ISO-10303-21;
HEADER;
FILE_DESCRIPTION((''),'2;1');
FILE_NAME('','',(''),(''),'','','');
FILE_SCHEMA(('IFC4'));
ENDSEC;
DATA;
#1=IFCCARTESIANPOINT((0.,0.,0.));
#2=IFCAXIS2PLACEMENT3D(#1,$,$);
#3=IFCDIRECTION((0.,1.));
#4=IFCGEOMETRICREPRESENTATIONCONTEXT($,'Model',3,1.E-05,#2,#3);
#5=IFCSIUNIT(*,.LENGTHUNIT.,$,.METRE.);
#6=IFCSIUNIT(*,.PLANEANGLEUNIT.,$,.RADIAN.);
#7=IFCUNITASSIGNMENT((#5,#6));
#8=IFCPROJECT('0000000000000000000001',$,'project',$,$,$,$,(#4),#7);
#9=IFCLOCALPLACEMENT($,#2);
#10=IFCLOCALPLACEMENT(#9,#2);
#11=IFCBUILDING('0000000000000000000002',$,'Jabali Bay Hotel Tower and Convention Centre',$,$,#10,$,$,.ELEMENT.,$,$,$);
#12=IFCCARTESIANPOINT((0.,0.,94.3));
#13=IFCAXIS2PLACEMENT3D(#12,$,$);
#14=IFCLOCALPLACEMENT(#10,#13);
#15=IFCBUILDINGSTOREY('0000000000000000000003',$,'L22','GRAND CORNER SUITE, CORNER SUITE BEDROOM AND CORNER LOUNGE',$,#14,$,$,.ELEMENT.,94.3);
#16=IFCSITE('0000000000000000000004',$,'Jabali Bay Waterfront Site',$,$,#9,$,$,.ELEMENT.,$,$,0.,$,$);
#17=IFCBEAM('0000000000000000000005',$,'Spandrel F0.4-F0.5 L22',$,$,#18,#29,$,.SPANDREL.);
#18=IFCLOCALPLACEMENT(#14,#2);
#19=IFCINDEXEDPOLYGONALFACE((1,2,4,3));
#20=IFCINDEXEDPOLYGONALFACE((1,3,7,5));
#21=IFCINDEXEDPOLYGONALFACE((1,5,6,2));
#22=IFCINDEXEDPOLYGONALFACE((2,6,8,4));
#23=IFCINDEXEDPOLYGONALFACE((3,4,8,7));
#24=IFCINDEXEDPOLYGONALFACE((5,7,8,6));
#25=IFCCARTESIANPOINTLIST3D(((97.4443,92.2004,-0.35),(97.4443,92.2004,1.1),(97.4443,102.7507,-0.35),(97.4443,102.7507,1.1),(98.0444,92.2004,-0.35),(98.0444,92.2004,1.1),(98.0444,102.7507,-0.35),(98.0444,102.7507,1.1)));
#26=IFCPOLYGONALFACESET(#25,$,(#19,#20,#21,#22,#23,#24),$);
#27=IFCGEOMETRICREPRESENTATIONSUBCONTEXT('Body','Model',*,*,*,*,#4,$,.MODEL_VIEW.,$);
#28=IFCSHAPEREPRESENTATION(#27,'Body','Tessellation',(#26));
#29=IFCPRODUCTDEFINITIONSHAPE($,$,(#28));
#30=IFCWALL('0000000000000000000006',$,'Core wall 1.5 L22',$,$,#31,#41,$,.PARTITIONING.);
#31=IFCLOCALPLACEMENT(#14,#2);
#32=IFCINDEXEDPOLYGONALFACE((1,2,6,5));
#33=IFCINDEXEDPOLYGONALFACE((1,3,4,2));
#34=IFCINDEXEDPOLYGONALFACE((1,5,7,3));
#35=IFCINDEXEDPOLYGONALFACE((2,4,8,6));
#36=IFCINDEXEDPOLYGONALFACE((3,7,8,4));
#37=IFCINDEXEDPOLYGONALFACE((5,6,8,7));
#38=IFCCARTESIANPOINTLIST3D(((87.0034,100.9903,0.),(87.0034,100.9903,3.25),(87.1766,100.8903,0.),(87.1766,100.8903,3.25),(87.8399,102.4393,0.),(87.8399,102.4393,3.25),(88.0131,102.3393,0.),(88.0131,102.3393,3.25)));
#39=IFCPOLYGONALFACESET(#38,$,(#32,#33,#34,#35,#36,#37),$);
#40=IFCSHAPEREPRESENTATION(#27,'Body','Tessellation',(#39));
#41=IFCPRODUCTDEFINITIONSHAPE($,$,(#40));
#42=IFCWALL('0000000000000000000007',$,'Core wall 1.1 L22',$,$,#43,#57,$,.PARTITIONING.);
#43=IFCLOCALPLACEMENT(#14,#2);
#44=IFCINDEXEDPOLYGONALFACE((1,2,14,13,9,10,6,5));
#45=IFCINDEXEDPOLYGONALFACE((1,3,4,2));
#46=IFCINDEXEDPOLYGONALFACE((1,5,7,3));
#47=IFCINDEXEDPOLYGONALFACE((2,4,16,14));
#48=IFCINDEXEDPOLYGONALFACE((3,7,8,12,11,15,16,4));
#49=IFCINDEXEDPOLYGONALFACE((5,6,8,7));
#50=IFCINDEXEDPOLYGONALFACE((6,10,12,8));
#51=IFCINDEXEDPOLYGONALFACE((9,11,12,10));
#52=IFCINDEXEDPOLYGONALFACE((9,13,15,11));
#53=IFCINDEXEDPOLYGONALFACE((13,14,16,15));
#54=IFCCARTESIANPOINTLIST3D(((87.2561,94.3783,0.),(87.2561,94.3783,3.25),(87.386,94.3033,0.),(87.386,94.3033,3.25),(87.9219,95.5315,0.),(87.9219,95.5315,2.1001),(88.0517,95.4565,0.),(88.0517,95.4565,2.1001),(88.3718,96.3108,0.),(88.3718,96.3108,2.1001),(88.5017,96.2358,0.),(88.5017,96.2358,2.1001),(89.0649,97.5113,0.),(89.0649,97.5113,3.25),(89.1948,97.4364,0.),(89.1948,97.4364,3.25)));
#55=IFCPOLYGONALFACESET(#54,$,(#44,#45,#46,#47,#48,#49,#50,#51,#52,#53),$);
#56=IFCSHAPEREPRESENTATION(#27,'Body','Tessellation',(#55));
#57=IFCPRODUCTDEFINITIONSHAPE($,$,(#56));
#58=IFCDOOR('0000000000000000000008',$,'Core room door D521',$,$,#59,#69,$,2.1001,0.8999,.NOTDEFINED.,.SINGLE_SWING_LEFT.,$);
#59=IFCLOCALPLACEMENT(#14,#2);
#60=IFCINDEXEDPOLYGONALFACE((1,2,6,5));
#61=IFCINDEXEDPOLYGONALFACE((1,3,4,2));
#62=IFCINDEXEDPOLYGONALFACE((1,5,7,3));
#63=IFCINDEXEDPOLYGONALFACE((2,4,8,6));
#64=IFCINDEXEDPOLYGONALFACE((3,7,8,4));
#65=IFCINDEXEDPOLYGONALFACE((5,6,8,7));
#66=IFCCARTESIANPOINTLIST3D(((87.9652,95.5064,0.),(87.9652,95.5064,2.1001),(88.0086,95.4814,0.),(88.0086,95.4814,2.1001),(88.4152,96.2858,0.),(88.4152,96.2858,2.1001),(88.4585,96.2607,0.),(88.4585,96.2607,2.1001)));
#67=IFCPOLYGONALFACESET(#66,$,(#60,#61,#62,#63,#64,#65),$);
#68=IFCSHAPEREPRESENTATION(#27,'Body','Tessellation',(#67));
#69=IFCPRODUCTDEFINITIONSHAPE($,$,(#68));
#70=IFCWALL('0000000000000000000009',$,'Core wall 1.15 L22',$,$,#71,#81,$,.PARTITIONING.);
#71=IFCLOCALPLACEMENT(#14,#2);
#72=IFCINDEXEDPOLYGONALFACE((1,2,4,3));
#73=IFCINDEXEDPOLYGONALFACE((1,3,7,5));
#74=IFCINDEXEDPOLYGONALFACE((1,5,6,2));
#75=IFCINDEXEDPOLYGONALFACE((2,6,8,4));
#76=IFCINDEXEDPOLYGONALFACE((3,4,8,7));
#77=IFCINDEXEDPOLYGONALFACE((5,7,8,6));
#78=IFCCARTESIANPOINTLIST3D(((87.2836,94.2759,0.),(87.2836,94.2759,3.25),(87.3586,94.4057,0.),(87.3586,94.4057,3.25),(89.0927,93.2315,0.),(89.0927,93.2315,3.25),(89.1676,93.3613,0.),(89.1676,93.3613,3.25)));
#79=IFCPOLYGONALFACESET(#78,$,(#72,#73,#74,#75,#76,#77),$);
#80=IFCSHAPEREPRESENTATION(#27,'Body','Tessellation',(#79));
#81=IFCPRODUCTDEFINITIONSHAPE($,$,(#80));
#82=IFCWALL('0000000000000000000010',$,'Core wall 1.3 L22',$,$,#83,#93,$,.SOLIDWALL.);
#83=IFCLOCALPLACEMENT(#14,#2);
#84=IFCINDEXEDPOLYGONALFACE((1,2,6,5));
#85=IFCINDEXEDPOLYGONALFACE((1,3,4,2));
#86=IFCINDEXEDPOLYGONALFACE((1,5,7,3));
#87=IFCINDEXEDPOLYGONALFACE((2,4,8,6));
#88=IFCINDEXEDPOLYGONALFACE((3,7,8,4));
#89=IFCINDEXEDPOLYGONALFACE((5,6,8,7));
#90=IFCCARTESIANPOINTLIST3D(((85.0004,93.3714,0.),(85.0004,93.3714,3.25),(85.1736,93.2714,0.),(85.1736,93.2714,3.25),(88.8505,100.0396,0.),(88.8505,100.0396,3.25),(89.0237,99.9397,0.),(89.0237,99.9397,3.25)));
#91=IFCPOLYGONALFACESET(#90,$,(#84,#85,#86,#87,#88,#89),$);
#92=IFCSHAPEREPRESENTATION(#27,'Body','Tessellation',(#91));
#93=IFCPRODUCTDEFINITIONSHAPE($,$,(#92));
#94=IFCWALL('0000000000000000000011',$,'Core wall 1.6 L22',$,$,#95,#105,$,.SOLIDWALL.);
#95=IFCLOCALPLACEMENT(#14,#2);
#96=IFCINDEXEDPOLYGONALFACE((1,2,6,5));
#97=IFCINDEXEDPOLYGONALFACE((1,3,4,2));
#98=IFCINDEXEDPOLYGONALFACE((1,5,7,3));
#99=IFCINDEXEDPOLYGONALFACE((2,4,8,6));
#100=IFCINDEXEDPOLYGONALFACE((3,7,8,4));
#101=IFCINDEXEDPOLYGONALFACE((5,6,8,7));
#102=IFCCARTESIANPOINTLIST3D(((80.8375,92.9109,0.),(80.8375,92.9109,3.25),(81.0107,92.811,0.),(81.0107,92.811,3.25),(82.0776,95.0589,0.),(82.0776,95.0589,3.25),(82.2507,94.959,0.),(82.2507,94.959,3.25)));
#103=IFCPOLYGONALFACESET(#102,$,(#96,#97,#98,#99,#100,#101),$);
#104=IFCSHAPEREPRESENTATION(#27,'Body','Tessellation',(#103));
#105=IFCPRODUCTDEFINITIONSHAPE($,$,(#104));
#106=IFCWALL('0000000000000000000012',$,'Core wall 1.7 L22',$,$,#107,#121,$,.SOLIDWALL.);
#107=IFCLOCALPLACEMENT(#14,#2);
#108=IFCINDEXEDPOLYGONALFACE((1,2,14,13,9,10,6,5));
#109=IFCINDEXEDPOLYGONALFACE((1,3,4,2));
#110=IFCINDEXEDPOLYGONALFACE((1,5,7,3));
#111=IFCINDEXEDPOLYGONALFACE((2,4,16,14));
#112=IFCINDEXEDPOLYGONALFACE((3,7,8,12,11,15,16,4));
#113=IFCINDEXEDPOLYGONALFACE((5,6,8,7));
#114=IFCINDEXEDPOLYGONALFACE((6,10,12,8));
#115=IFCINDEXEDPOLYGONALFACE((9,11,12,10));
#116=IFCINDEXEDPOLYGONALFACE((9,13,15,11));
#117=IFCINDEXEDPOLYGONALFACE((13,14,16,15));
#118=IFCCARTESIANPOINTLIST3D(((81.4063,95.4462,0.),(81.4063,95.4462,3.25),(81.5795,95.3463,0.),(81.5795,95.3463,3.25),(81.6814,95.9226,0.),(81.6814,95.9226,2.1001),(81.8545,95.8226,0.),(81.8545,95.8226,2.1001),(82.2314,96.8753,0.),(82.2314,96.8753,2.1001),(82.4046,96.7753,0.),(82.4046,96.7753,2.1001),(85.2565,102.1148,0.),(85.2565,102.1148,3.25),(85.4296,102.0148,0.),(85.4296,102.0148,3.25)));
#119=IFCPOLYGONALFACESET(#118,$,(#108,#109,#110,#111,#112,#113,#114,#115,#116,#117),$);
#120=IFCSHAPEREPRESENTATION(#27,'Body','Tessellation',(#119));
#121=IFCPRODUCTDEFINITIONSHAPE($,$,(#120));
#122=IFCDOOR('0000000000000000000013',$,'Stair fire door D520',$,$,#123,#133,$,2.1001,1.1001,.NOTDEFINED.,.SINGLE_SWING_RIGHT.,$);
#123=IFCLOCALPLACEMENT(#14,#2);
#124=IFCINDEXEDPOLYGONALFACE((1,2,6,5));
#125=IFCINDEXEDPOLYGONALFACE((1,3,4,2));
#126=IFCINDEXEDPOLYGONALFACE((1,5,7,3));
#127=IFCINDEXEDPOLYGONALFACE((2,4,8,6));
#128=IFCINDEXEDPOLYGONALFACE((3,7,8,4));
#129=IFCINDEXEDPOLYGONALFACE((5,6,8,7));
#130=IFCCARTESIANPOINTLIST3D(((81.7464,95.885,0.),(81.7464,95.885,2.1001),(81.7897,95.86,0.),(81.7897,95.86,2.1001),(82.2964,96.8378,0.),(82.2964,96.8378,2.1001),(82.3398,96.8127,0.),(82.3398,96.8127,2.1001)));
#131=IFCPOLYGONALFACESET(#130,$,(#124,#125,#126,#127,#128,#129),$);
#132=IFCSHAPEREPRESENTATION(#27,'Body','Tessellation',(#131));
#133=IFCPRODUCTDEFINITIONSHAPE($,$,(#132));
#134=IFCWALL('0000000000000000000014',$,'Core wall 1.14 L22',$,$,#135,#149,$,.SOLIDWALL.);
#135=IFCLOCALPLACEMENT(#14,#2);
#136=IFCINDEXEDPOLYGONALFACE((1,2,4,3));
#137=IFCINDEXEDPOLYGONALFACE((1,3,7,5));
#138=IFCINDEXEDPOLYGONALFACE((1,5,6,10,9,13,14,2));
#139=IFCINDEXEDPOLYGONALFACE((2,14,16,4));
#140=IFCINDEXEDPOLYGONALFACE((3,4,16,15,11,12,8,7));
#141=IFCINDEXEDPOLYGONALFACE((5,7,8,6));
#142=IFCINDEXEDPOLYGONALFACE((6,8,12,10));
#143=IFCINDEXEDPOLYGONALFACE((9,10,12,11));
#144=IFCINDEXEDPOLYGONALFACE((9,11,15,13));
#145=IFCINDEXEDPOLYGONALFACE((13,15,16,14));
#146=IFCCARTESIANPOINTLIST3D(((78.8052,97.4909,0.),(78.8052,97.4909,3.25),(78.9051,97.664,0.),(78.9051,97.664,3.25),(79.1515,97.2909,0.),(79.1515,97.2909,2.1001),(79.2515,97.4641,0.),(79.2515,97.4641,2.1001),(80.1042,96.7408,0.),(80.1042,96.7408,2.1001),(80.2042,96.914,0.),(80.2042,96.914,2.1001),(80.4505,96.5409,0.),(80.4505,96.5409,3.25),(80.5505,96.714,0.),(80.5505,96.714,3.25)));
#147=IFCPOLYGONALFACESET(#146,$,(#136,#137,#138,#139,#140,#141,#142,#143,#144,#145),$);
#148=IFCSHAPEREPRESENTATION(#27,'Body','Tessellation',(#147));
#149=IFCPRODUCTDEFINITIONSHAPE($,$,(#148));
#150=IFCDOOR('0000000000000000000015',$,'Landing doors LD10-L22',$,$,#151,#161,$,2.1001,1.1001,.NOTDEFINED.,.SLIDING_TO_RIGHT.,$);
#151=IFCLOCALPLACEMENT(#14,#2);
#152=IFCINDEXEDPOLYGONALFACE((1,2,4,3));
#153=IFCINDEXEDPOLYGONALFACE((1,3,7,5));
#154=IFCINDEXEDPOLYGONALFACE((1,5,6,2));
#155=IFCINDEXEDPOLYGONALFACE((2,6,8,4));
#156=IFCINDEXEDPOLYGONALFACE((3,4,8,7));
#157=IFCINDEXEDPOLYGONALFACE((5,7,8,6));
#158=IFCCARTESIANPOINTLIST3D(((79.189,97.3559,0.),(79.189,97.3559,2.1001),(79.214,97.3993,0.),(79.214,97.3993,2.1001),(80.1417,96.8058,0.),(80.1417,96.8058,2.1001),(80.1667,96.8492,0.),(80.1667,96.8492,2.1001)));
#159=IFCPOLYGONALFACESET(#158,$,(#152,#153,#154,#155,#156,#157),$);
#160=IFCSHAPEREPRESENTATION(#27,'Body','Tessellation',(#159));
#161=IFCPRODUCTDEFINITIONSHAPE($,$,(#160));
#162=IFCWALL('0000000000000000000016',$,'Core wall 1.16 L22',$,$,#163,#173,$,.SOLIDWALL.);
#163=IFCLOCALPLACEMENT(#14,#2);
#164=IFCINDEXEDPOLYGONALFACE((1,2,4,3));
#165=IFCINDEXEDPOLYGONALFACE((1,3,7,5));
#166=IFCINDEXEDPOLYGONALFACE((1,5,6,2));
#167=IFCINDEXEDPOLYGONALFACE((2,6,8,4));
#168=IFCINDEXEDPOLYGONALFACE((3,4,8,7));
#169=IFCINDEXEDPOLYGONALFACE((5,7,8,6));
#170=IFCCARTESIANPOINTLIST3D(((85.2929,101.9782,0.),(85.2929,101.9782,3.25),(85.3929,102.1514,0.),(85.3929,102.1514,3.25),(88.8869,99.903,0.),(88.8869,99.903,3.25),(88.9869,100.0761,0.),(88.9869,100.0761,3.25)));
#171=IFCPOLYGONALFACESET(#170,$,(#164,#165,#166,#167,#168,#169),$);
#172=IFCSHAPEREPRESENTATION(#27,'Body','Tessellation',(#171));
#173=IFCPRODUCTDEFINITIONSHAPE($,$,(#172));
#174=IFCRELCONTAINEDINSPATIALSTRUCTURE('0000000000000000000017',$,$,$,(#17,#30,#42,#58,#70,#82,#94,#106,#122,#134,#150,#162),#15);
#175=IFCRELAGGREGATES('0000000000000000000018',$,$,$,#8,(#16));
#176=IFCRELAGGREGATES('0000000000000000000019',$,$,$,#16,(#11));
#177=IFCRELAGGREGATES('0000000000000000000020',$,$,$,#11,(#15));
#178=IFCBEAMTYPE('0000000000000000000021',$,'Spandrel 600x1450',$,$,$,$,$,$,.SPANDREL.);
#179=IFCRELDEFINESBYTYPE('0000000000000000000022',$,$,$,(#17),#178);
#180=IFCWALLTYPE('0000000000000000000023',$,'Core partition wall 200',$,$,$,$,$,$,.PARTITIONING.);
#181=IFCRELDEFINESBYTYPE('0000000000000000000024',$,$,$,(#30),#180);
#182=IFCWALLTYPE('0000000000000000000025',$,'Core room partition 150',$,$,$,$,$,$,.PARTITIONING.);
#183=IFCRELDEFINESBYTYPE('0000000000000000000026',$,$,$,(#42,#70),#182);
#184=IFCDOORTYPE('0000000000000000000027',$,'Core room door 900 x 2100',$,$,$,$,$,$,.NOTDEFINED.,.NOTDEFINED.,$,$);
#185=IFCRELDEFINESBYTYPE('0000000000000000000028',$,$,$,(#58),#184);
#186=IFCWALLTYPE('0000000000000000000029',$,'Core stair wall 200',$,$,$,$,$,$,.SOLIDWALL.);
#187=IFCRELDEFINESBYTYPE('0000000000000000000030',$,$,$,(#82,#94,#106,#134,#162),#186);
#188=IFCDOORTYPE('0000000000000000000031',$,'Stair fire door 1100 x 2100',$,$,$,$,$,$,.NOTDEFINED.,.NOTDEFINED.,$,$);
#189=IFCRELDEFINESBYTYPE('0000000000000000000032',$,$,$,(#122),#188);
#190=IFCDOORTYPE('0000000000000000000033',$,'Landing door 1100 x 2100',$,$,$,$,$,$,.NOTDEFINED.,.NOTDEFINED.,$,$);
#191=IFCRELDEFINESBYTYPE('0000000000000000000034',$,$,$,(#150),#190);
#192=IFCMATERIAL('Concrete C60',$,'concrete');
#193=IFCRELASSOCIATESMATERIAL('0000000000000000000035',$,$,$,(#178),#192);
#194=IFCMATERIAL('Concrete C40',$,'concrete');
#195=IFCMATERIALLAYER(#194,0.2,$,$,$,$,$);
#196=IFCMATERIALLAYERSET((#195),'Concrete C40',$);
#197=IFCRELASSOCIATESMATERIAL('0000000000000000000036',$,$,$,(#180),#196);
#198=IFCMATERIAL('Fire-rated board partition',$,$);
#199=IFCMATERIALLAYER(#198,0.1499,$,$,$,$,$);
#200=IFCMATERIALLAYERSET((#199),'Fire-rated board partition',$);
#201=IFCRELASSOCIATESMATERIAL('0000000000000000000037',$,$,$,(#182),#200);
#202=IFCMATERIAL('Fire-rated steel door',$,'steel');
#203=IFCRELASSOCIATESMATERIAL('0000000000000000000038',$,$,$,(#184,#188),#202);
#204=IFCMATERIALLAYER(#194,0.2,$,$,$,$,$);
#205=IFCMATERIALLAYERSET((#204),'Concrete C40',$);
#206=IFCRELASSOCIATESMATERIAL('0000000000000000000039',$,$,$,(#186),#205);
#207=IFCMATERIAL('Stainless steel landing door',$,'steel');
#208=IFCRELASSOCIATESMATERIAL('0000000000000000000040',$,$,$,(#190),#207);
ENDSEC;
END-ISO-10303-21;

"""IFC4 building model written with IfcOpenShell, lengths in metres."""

from ifc_helpers import new_model, si_unit, direction, frame, frame_2d, origin, origin_2d, place, context, subcontext, project, spatial, rectangle, extrude, material, layer, layer_set, material_profile, profile_set, type_object, element, fill, save


model = new_model("IFC4")

# Units and contexts
model_context = context("Model", 3, precision=1e-05, world=origin(), true_north=direction((0.0, 1.0)))
body_context = subcontext(model_context, "Body", "Model", "MODEL_VIEW")
ifc_project = project(units=[si_unit("LENGTHUNIT", "METRE"), si_unit("PLANEANGLEUNIT", "RADIAN")], contexts=[model_context])

# Site, building, storey
site_placement = place(None, origin())
site = spatial("IfcSite", under=ifc_project, at=site_placement, Name="Jabali Bay Waterfront Site", CompositionType="ELEMENT", RefElevation=0.0)
building_placement = place(site_placement, origin())
building = spatial("IfcBuilding", under=site, at=building_placement, Name="Jabali Bay Hotel Tower and Convention Centre", CompositionType="ELEMENT")
storey_placement = place(building_placement, frame((0.0, 0.0, 94.3)))
storey = spatial("IfcBuildingStorey", under=building, at=storey_placement, Name="L22", Description="GRAND CORNER SUITE, CORNER SUITE BEDROOM AND CORNER LOUNGE", CompositionType="ELEMENT", Elevation=94.3)

# Beam
ifc_material_1 = material(Name="Concrete C60", Category="concrete")
ifc_material_profile = material_profile(ifc_material_1, rectangle(XDim=0.6001, YDim=1.45, at=origin_2d()), Name="Spandrel 600x1450")
ifc_profile_set = profile_set([ifc_material_profile], Name="Concrete C60")
beam_type = type_object("IfcBeamType", Name="Spandrel 600x1450", PredefinedType="SPANDREL", material=ifc_profile_set)
beam_placement = place(storey_placement, frame((97.7444, 92.2004, 0.375), z_axis=(0.0, 1.0, 0.0), x_axis=(-1.0, 0.0, 0.0)))
element("IfcBeam", 1, at=beam_placement, inside=storey, type_object=beam_type, Name="Spandrel F0.4-F0.5 L22", PredefinedType="SPANDREL", context=body_context, shape_type="SweptSolid", body=[
    extrude(rectangle(XDim=0.6001, YDim=1.45, at=origin_2d()), origin(), (0.0, 0.0, 1.0), 10.5503),
])

# Wall
ifc_material_2 = material(Name="Concrete C40", Category="concrete")
ifc_layer_1 = layer(ifc_material_2, 0.2)
ifc_layer_set_1 = layer_set([ifc_layer_1], Name="Concrete C40")
wall_type_1 = type_object("IfcWallType", Name="Core partition wall 200", PredefinedType="PARTITIONING", material=ifc_layer_set_1)
wall_1_placement = place(storey_placement, frame((87.0901, 100.9404, 0.0), z_axis=(0.0, 0.0, 1.0), x_axis=(0.499937, 0.866062, 0.0)))
element("IfcWall", 2, at=wall_1_placement, inside=storey, type_object=wall_type_1, Name="Core wall 1.5 L22", PredefinedType="PARTITIONING", context=body_context, shape_type="SweptSolid", body=[
    extrude(rectangle(XDim=1.6731, YDim=0.2, at=frame_2d((0.8364, 0.0))), origin(), (0.0, 0.0, 1.0), 3.25),
])

# Wall, opening, door
ifc_material_3 = material(Name="Fire-rated board partition")
ifc_layer_2 = layer(ifc_material_3, 0.1499)
ifc_layer_set_2 = layer_set([ifc_layer_2], Name="Fire-rated board partition")
wall_type_2 = type_object("IfcWallType", Name="Core room partition 150", PredefinedType="PARTITIONING", material=ifc_layer_set_2)
wall_2_placement = place(storey_placement, frame((87.321, 94.3408, 0.0), z_axis=(0.0, 0.0, 1.0), x_axis=(0.499993, 0.866029, 0.0)))
wall_2 = element("IfcWall", 3, at=wall_2_placement, inside=storey, type_object=wall_type_2, Name="Core wall 1.1 L22", PredefinedType="PARTITIONING", context=body_context, shape_type="SweptSolid", body=[
    extrude(rectangle(XDim=3.6177, YDim=0.1499, at=frame_2d((1.8088, 0.0))), origin(), (0.0, 0.0, 1.0), 3.25),
])
opening_1_placement = place(wall_2_placement, frame((1.3315, 0.0, 0.0)))
opening_1 = element("IfcOpeningElement", 4, at=opening_1_placement, cuts=wall_2, PredefinedType="OPENING", context=body_context, shape_type="SweptSolid", body=[
    extrude(rectangle(XDim=0.8999, YDim=2.1001, at=frame_2d((0.45, 1.05))), frame((0.0, 0.0854, 0.0), z_axis=(0.0, -1.0, 0.0), x_axis=(1.0, 0.0, 0.0)), (0.0, 0.0, 1.0), 0.1709),
])
ifc_material_4 = material(Name="Fire-rated steel door", Category="steel")
door_type_1 = type_object("IfcDoorType", Name="Core room door 900 x 2100", OperationType="NOTDEFINED", PredefinedType="NOTDEFINED", material=ifc_material_4)
door_1_placement = place(opening_1_placement, origin())
door_1 = element("IfcDoor", 5, at=door_1_placement, inside=storey, type_object=door_type_1, Name="Core room door D521", OperationType="SINGLE_SWING_LEFT", OverallHeight=2.1001, OverallWidth=0.8999, PredefinedType="NOTDEFINED", context=body_context, shape_type="SweptSolid", body=[
    extrude(rectangle(XDim=0.8999, YDim=2.1001, at=frame_2d((0.45, 1.05))), frame((0.0, 0.0249, 0.0), z_axis=(0.0, -1.0, 0.0), x_axis=(1.0, 0.0, 0.0)), (0.0, 0.0, 1.0), 0.05),
])
fill(opening_1, door_1)

# Walls
wall_3_placement = place(storey_placement, frame((89.1301, 93.2964, 0.0), z_axis=(0.0, 0.0, 1.0), x_axis=(-0.866034, 0.499985, 0.0)))
element("IfcWall", 6, at=wall_3_placement, inside=storey, type_object=wall_type_2, Name="Core wall 1.15 L22", PredefinedType="PARTITIONING", context=body_context, shape_type="SweptSolid", body=[
    extrude(rectangle(XDim=2.0889, YDim=0.1499, at=frame_2d((1.0444, 0.0))), origin(), (0.0, 0.0, 1.0), 3.25),
])
ifc_layer_3 = layer(ifc_material_2, 0.2)
ifc_layer_set_3 = layer_set([ifc_layer_3], Name="Concrete C40")
wall_type_3 = type_object("IfcWallType", Name="Core stair wall 200", PredefinedType="SOLIDWALL", material=ifc_layer_set_3)
wall_4_placement = place(storey_placement, frame((85.0869, 93.3213, 0.0), z_axis=(0.0, 0.0, 1.0), x_axis=(0.50002, 0.866014, 0.0)))
element("IfcWall", 7, at=wall_4_placement, inside=storey, type_object=wall_type_3, Name="Core wall 1.3 L22", PredefinedType="SOLIDWALL", context=body_context, shape_type="SweptSolid", body=[
    extrude(rectangle(XDim=7.7, YDim=0.2, at=frame_2d((3.8501, 0.0))), origin(), (0.0, 0.0, 1.0), 3.25),
])
wall_5_placement = place(storey_placement, frame((80.9241, 92.8608, 0.0), z_axis=(0.0, 0.0, 1.0), x_axis=(0.499961, 0.866048, 0.0)))
element("IfcWall", 8, at=wall_5_placement, inside=storey, type_object=wall_type_3, Name="Core wall 1.6 L22", PredefinedType="SOLIDWALL", context=body_context, shape_type="SweptSolid", body=[
    extrude(rectangle(XDim=2.4802, YDim=0.2, at=frame_2d((1.2402, 0.0))), origin(), (0.0, 0.0, 1.0), 3.25),
])

# Walls, openings, doors
wall_6_placement = place(storey_placement, frame((81.4929, 95.3962, 0.0), z_axis=(0.0, 0.0, 1.0), x_axis=(0.500006, 0.866022, 0.0)))
wall_6 = element("IfcWall", 9, at=wall_6_placement, inside=storey, type_object=wall_type_3, Name="Core wall 1.7 L22", PredefinedType="SOLIDWALL", context=body_context, shape_type="SweptSolid", body=[
    extrude(rectangle(XDim=7.7002, YDim=0.2, at=frame_2d((3.8501, 0.0))), origin(), (0.0, 0.0, 1.0), 3.25),
])
opening_2_placement = place(wall_6_placement, frame((0.55, 0.0, 0.0)))
opening_2 = element("IfcOpeningElement", 10, at=opening_2_placement, cuts=wall_6, PredefinedType="OPENING", context=body_context, shape_type="SweptSolid", body=[
    extrude(rectangle(XDim=1.1001, YDim=2.1001, at=frame_2d((0.55, 1.05))), frame((0.0, 0.1104, 0.0), z_axis=(0.0, -1.0, 0.0), x_axis=(1.0, 0.0, 0.0)), (0.0, 0.0, 1.0), 0.2209),
])
door_type_2 = type_object("IfcDoorType", Name="Stair fire door 1100 x 2100", OperationType="NOTDEFINED", PredefinedType="NOTDEFINED", material=ifc_material_4)
door_2_placement = place(opening_2_placement, origin())
door_2 = element("IfcDoor", 11, at=door_2_placement, inside=storey, type_object=door_type_2, Name="Stair fire door D520", OperationType="SINGLE_SWING_RIGHT", OverallHeight=2.1001, OverallWidth=1.1001, PredefinedType="NOTDEFINED", context=body_context, shape_type="SweptSolid", body=[
    extrude(rectangle(XDim=1.1001, YDim=2.1001, at=frame_2d((0.55, 1.05))), frame((0.0, 0.0249, 0.0), z_axis=(0.0, -1.0, 0.0), x_axis=(1.0, 0.0, 0.0)), (0.0, 0.0, 1.0), 0.05),
])
fill(opening_2, door_2)
wall_7_placement = place(storey_placement, frame((80.5005, 96.6274, 0.0), z_axis=(0.0, 0.0, 1.0), x_axis=(-0.866012, 0.500023, 0.0)))
wall_7 = element("IfcWall", 12, at=wall_7_placement, inside=storey, type_object=wall_type_3, Name="Core wall 1.14 L22", PredefinedType="SOLIDWALL", context=body_context, shape_type="SweptSolid", body=[
    extrude(rectangle(XDim=1.8999, YDim=0.2, at=frame_2d((0.95, 0.0))), origin(), (0.0, 0.0, 1.0), 3.25),
])
opening_3_placement = place(wall_7_placement, frame((0.3999, 0.0, 0.0)))
opening_3 = element("IfcOpeningElement", 13, at=opening_3_placement, cuts=wall_7, PredefinedType="OPENING", context=body_context, shape_type="SweptSolid", body=[
    extrude(rectangle(XDim=1.1001, YDim=2.1001, at=frame_2d((0.55, 1.05))), frame((0.0, 0.1104, 0.0), z_axis=(0.0, -1.0, 0.0), x_axis=(1.0, 0.0, 0.0)), (0.0, 0.0, 1.0), 0.2209),
])
ifc_material_5 = material(Name="Stainless steel landing door", Category="steel")
door_type_3 = type_object("IfcDoorType", Name="Landing door 1100 x 2100", OperationType="NOTDEFINED", PredefinedType="NOTDEFINED", material=ifc_material_5)
door_3_placement = place(opening_3_placement, origin())
door_3 = element("IfcDoor", 14, at=door_3_placement, inside=storey, type_object=door_type_3, Name="Landing doors LD10-L22", OperationType="SLIDING_TO_RIGHT", OverallHeight=2.1001, OverallWidth=1.1001, PredefinedType="NOTDEFINED", context=body_context, shape_type="SweptSolid", body=[
    extrude(rectangle(XDim=1.1001, YDim=2.1001, at=frame_2d((0.55, 1.05))), frame((0.0, 0.0249, 0.0), z_axis=(0.0, -1.0, 0.0), x_axis=(1.0, 0.0, 0.0)), (0.0, 0.0, 1.0), 0.05),
])
fill(opening_3, door_3)

# Wall
wall_8_placement = place(storey_placement, frame((88.937, 99.9895, 0.0), z_axis=(0.0, 0.0, 1.0), x_axis=(-0.866004, 0.500036, 0.0)))
element("IfcWall", 15, at=wall_8_placement, inside=storey, type_object=wall_type_3, Name="Core wall 1.16 L22", PredefinedType="SOLIDWALL", context=body_context, shape_type="SweptSolid", body=[
    extrude(rectangle(XDim=4.1501, YDim=0.2, at=frame_2d((2.0752, 0.0))), origin(), (0.0, 0.0, 1.0), 3.25),
])

save(model, "model.ifc")
